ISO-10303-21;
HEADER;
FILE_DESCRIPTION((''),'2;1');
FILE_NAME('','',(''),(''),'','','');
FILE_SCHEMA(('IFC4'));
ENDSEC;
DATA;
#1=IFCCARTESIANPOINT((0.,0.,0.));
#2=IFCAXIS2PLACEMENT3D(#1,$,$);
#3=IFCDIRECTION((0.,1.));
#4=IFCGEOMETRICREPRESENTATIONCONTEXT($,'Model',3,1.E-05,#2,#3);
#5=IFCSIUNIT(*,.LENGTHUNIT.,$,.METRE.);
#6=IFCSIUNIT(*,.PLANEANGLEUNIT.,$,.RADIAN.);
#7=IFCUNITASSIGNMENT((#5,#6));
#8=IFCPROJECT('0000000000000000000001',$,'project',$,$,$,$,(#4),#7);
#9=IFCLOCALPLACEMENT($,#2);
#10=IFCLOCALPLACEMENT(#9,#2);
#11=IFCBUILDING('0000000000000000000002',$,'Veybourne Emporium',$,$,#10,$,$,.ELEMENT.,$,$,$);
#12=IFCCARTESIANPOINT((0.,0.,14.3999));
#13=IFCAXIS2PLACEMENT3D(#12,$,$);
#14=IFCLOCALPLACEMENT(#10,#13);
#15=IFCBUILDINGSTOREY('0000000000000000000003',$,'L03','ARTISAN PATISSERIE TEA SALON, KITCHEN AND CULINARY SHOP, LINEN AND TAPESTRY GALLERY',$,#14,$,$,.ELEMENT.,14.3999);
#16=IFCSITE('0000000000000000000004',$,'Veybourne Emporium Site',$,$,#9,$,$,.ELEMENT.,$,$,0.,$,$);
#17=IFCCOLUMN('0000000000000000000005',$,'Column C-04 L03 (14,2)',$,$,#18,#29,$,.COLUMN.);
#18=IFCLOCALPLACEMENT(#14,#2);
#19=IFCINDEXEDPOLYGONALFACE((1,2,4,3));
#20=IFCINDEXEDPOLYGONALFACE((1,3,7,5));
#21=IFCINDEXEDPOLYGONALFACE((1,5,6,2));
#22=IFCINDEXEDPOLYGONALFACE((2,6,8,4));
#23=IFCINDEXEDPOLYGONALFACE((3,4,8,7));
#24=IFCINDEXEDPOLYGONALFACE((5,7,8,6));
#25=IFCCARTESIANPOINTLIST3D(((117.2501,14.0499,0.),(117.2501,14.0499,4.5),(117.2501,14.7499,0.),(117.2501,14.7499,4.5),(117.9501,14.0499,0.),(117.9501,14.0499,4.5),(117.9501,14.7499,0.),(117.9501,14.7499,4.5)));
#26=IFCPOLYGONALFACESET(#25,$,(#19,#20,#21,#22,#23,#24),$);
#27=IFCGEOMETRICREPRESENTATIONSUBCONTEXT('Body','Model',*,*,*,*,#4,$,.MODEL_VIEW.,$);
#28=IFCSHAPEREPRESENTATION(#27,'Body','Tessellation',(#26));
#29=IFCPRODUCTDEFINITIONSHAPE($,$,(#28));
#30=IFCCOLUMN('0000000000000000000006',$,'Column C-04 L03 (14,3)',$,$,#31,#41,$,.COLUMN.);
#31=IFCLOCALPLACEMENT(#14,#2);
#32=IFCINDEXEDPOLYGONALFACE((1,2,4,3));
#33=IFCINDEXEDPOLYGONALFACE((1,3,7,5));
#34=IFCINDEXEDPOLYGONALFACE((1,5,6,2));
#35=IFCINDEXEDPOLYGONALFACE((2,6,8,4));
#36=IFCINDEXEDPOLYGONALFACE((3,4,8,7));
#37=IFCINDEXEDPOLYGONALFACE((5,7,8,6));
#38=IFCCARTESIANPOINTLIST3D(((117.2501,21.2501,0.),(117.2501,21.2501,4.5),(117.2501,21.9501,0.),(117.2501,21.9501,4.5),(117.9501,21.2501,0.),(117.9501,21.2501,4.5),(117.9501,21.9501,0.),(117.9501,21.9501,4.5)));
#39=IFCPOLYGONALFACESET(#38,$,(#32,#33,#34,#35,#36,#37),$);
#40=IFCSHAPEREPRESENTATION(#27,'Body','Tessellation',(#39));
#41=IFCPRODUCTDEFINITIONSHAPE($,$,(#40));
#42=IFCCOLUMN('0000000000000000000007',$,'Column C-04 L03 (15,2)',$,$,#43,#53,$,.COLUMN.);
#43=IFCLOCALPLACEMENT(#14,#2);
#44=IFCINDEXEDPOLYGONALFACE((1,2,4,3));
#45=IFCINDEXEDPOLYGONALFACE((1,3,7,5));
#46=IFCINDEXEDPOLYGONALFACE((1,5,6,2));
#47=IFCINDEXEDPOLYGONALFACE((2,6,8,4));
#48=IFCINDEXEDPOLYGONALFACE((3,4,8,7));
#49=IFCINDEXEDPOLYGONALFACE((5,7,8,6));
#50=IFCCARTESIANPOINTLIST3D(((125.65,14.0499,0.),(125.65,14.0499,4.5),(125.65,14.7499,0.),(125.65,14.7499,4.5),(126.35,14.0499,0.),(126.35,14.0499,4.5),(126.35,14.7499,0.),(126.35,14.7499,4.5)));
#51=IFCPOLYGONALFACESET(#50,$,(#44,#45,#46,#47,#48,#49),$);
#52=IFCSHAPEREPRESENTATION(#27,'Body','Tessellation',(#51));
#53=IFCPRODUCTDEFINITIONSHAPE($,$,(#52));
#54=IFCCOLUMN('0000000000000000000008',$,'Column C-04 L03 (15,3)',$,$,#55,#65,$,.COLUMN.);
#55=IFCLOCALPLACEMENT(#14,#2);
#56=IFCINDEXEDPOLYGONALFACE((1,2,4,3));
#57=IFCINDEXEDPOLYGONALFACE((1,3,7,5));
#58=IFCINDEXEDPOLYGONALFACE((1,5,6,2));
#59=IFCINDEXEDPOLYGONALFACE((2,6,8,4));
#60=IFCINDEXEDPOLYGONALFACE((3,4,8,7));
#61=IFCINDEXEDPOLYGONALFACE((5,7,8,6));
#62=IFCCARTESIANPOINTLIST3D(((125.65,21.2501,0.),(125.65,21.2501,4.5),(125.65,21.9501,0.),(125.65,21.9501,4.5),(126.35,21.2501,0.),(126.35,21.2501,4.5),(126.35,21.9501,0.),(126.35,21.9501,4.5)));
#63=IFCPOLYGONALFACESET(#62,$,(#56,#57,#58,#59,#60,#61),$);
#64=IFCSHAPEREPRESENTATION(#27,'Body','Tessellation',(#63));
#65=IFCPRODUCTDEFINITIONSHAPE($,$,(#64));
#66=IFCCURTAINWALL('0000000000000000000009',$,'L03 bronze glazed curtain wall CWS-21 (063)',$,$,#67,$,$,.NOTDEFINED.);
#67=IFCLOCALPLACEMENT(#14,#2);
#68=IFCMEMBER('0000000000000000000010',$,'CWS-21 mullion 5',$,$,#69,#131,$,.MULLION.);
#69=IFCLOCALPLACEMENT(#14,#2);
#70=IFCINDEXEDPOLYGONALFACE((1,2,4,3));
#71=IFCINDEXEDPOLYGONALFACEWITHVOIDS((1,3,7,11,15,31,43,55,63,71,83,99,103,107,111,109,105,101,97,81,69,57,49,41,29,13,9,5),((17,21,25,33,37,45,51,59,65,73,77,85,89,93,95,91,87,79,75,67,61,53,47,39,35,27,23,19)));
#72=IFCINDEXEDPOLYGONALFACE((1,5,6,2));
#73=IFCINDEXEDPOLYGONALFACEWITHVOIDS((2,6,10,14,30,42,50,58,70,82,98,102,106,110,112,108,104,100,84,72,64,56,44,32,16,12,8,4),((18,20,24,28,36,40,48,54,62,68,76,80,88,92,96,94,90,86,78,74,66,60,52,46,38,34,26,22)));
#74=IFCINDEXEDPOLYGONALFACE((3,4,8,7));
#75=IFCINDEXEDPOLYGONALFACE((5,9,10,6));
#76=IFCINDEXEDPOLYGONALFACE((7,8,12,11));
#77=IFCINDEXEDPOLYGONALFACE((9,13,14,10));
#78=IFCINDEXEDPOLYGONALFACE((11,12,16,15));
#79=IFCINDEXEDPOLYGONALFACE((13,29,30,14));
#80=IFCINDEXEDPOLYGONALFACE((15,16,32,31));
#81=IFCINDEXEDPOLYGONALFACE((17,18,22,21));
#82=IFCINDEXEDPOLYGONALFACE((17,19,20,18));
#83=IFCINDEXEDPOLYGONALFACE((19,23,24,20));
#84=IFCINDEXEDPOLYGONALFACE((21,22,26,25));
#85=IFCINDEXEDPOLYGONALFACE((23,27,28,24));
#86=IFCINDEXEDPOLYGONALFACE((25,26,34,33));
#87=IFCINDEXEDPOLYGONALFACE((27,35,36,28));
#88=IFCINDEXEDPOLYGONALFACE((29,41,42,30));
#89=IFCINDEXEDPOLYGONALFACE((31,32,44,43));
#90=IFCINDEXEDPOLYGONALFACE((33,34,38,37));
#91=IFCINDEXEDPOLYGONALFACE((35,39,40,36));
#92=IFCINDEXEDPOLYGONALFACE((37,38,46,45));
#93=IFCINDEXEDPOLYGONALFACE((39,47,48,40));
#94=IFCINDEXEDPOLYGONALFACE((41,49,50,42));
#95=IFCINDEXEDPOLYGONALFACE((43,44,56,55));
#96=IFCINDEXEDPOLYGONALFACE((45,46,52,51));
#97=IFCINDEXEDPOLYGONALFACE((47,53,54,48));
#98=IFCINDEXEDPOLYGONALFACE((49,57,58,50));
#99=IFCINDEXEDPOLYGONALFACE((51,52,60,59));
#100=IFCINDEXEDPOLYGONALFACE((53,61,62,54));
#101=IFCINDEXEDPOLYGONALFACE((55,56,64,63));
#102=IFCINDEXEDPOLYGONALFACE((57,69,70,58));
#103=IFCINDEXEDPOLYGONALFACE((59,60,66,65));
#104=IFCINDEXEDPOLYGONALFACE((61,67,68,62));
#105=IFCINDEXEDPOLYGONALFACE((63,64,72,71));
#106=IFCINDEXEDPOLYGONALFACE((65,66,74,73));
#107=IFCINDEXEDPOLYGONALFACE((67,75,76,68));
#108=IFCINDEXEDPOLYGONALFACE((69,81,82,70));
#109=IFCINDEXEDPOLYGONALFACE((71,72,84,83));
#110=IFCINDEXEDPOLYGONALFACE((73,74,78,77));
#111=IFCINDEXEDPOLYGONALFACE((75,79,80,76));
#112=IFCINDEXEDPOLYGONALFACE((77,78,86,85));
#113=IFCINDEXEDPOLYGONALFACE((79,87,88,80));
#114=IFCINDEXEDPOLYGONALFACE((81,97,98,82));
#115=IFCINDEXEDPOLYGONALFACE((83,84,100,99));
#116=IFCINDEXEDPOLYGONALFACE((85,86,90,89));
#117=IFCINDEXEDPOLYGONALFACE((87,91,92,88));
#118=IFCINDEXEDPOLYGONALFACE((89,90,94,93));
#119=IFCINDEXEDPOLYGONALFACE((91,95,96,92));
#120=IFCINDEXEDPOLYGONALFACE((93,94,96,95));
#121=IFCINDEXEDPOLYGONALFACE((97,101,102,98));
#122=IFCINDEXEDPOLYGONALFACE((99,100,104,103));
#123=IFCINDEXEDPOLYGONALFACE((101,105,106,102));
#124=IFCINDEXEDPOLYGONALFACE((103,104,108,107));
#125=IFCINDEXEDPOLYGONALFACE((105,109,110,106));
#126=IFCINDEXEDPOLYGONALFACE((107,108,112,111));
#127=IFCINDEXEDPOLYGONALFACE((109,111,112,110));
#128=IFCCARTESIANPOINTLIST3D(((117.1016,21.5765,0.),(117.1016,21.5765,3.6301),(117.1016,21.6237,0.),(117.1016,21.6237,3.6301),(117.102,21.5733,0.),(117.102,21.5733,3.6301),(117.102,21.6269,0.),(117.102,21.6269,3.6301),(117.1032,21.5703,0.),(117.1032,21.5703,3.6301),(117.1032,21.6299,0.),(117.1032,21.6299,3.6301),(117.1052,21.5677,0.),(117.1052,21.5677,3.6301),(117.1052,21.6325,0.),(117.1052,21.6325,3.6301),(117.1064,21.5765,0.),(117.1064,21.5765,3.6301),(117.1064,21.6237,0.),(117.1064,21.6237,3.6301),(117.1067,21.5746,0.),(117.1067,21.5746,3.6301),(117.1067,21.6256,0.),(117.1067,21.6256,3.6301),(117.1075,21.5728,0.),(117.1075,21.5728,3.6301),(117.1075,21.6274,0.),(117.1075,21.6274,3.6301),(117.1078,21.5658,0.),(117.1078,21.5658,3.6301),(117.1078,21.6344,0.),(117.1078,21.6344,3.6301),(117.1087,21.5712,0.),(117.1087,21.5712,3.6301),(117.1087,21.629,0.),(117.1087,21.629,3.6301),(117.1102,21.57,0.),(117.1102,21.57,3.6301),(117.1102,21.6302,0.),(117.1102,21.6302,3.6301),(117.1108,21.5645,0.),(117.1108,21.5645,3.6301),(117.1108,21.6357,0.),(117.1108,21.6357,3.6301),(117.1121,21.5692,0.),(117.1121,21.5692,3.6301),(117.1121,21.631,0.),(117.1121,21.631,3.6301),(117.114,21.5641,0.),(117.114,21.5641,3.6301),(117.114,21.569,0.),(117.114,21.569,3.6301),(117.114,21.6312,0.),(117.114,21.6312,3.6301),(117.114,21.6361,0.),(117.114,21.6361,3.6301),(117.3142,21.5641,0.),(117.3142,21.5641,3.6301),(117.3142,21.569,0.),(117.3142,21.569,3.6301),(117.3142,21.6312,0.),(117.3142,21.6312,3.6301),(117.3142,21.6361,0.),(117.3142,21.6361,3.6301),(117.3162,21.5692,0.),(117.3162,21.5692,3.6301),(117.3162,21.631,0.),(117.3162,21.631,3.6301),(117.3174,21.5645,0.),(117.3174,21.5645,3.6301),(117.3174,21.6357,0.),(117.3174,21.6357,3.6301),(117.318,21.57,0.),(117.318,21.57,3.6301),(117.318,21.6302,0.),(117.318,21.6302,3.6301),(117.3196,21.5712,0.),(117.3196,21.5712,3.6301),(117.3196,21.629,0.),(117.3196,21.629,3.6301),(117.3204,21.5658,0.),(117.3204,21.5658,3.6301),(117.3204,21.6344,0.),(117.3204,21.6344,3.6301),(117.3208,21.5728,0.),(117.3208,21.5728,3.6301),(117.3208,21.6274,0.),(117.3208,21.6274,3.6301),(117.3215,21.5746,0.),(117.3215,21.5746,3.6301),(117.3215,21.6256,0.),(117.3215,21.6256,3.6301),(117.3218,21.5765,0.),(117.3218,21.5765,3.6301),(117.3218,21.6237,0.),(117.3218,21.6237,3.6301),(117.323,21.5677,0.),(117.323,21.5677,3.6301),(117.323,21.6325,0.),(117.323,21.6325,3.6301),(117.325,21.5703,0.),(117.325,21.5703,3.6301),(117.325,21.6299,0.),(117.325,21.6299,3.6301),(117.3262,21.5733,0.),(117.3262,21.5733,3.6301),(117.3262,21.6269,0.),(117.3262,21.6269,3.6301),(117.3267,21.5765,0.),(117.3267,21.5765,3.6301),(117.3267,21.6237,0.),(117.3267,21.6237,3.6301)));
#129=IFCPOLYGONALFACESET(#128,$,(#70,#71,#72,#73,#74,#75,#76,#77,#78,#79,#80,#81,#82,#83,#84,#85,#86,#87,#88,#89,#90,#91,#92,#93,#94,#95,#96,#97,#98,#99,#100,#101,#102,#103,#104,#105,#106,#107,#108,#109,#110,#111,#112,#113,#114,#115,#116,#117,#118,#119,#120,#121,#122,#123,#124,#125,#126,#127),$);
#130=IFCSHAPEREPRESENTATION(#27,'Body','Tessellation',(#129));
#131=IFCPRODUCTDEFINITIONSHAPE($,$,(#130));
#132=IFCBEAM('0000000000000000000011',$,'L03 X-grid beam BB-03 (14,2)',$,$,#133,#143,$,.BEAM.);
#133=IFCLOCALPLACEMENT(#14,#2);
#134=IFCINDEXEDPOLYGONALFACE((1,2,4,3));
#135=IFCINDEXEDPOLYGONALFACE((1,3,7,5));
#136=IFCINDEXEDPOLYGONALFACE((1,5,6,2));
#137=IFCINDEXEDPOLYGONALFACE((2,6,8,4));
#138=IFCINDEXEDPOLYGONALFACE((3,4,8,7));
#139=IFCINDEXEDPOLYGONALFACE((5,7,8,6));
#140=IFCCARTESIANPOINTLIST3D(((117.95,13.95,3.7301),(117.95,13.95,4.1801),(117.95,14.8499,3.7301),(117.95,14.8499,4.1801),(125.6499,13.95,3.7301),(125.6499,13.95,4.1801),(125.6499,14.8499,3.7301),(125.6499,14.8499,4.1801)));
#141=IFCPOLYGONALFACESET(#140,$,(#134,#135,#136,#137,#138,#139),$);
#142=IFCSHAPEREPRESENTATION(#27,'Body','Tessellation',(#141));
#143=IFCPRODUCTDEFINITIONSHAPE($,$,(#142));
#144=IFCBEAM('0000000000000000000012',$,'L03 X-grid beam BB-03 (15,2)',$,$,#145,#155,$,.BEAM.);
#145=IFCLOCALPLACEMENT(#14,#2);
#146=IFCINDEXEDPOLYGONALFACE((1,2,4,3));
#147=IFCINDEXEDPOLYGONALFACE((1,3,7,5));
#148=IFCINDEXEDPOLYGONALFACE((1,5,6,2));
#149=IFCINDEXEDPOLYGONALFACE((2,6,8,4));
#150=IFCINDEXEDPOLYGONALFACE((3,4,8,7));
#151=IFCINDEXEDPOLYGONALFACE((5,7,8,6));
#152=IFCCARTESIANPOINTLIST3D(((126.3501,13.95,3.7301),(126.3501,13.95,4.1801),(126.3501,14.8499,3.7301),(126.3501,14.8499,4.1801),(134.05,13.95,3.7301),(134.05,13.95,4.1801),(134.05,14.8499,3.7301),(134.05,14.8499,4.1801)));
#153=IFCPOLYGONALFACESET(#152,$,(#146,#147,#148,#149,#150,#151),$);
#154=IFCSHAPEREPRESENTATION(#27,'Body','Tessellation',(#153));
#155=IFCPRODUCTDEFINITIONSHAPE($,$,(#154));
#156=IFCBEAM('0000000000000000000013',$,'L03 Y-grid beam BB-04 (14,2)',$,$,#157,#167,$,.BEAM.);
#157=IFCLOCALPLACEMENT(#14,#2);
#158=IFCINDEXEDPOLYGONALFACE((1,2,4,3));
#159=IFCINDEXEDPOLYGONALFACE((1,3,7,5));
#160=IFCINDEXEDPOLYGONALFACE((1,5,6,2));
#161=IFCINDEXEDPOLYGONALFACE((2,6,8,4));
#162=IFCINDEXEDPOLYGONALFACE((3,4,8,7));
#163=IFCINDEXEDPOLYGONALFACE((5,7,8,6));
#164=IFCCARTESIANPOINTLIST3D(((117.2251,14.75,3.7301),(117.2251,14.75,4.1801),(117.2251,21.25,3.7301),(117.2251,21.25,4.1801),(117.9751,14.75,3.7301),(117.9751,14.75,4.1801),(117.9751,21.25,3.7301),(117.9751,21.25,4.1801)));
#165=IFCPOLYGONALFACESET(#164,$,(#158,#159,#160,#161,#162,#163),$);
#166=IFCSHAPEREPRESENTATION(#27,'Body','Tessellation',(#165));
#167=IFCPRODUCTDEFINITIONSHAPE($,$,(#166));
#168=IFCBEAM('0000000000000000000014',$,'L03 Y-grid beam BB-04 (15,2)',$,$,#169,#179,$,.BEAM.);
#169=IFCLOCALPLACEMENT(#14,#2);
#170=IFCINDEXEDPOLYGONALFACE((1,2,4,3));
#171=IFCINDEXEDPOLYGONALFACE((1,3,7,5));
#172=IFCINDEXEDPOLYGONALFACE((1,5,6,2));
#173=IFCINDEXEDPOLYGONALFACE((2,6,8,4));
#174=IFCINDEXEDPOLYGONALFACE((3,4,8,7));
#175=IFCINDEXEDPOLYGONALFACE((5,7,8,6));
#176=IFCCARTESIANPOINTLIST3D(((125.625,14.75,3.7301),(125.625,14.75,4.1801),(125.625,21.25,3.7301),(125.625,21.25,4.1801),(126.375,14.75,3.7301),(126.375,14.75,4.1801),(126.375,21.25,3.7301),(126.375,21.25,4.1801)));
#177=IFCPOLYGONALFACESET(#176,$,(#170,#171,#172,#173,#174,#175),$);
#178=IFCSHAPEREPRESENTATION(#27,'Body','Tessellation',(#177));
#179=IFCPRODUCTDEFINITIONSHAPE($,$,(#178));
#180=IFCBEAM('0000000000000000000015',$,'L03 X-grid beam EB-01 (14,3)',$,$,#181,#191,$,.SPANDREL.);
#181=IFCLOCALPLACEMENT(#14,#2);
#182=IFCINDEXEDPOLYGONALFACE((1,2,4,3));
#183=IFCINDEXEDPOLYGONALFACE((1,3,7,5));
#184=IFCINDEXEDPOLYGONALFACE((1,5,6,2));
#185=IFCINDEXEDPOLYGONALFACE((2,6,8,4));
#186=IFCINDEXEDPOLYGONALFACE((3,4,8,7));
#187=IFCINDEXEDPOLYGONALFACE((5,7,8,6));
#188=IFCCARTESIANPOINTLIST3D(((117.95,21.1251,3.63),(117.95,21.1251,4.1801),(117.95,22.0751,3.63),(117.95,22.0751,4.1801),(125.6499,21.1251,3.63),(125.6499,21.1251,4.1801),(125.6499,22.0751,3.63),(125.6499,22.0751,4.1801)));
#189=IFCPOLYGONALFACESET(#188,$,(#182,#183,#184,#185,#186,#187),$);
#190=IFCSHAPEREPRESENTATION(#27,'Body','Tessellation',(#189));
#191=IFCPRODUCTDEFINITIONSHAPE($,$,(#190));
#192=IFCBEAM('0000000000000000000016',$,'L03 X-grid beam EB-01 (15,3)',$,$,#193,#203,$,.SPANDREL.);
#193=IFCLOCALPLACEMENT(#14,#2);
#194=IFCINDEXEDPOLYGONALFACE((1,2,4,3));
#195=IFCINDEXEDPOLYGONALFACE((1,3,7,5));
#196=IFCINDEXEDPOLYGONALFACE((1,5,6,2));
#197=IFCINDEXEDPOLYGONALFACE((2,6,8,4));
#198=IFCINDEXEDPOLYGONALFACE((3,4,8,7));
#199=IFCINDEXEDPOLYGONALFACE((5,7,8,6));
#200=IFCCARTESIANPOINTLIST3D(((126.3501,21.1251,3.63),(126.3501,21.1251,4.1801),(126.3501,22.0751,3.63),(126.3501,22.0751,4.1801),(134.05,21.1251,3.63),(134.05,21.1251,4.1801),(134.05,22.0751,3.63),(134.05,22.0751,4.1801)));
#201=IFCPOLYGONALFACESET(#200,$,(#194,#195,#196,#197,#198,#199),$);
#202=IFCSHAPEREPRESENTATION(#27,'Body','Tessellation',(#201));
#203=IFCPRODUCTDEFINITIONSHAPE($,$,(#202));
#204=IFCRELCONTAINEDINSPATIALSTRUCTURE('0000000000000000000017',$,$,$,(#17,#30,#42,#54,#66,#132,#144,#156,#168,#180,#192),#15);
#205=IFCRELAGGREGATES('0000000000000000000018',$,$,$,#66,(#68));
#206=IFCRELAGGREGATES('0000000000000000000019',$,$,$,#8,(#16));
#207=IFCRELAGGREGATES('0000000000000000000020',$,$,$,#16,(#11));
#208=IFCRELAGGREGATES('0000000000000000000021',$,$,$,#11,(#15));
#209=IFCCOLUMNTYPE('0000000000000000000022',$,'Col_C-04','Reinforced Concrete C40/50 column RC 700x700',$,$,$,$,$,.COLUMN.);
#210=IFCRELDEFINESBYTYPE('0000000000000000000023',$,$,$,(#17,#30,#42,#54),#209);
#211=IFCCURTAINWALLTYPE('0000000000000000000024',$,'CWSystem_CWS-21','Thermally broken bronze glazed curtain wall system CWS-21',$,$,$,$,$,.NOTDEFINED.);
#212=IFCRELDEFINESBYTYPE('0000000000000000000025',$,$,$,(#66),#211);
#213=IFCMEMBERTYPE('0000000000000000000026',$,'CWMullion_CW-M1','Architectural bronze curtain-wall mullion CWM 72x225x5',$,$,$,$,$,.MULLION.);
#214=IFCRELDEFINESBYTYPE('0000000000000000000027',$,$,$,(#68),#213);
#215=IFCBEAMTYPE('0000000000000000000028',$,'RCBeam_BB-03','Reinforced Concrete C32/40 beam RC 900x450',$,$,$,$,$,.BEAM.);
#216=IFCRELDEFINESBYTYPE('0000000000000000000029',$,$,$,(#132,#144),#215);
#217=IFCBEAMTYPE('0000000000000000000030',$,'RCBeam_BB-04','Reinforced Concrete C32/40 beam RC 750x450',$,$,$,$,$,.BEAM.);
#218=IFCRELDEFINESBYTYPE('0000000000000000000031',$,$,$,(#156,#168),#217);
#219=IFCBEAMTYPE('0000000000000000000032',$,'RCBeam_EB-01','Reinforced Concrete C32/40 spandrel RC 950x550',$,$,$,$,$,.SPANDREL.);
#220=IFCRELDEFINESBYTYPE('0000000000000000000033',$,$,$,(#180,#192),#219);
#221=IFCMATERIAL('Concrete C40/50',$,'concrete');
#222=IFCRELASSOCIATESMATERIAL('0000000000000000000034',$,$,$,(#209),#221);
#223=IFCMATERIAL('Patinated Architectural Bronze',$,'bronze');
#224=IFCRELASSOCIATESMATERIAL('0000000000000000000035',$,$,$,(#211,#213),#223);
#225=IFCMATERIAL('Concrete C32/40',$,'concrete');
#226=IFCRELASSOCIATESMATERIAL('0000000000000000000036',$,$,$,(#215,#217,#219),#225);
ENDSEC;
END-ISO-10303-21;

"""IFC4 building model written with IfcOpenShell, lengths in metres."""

from ifc_helpers import new_model, si_unit, direction, frame, origin, origin_2d, place, context, subcontext, project, spatial, rectangle, hollow_rectangle, extrude, material, material_profile, profile_set, type_object, element, aggregate, save


model = new_model("IFC4")

# Units and contexts
model_context = context("Model", 3, precision=1e-05, world=origin(), true_north=direction((0.0, 1.0)))
body_context = subcontext(model_context, "Body", "Model", "MODEL_VIEW")
ifc_project = project(units=[si_unit("LENGTHUNIT", "METRE"), si_unit("PLANEANGLEUNIT", "RADIAN")], contexts=[model_context])

# Site, building, storey
site_placement = place(None, origin())
site = spatial("IfcSite", under=ifc_project, at=site_placement, Name="Veybourne Emporium Site", CompositionType="ELEMENT", RefElevation=0.0)
building_placement = place(site_placement, origin())
building = spatial("IfcBuilding", under=site, at=building_placement, Name="Veybourne Emporium", CompositionType="ELEMENT")
storey_placement = place(building_placement, frame((0.0, 0.0, 14.3999)))
storey = spatial("IfcBuildingStorey", under=building, at=storey_placement, Name="L03", Description="ARTISAN PATISSERIE TEA SALON, KITCHEN AND CULINARY SHOP, LINEN AND TAPESTRY GALLERY", CompositionType="ELEMENT", Elevation=14.3999)

# Columns
ifc_material_1 = material(Name="Concrete C40/50", Category="concrete")
ifc_material_profile_1 = material_profile(ifc_material_1, rectangle(XDim=0.7, YDim=0.7, at=origin_2d()), Name="RC 700x700")
ifc_profile_set_1 = profile_set([ifc_material_profile_1], Name="Concrete C40/50")
column_type = type_object("IfcColumnType", Name="Col_C-04", Description="Reinforced Concrete C40/50 column RC 700x700", PredefinedType="COLUMN", material=ifc_profile_set_1)
for number, where, z_axis, x_axis, name in (
    (1, (117.6001, 14.3999, 0.0), (0.0, 0.0, 1.0), (1.0, 0.0, 0.0), "Column C-04 L03 (14,2)"),
    (2, (117.6001, 21.6001, 0.0), (0.0, 0.0, 1.0), (1.0, 0.0, 0.0), "Column C-04 L03 (14,3)"),
    (3, (126.0, 14.3999, 0.0), (0.0, 0.0, 1.0), (1.0, 0.0, 0.0), "Column C-04 L03 (15,2)"),
    (4, (126.0, 21.6001, 0.0), (0.0, 0.0, 1.0), (1.0, 0.0, 0.0), "Column C-04 L03 (15,3)"),
):
    element("IfcColumn", number, at=place(storey_placement, frame(where, z_axis=z_axis, x_axis=x_axis)), inside=storey, type_object=column_type, Name=name, PredefinedType="COLUMN", context=body_context, shape_type="SweptSolid", body=[
        extrude(rectangle(XDim=0.7, YDim=0.7, at=origin_2d()), origin(), (0.0, 0.0, 1.0), 4.5),
    ])

# Curtain wall, member
ifc_material_2 = material(Name="Patinated Architectural Bronze", Category="bronze")
curtain_wall_type = type_object("IfcCurtainWallType", Name="CWSystem_CWS-21", Description="Thermally broken bronze glazed curtain wall system CWS-21", PredefinedType="NOTDEFINED", material=ifc_material_2)
curtain_wall_placement = place(storey_placement, origin())
curtain_wall = element("IfcCurtainWall", 5, at=curtain_wall_placement, inside=storey, type_object=curtain_wall_type, Name="L03 bronze glazed curtain wall CWS-21 (063)", PredefinedType="NOTDEFINED")
ifc_material_profile_2 = material_profile(ifc_material_2, hollow_rectangle(XDim=0.072, YDim=0.2251, WallThickness=0.0049, InnerFilletRadius=0.0076, OuterFilletRadius=0.0125, at=origin_2d()), Name="CWM 72x225x5")
ifc_profile_set_2 = profile_set([ifc_material_profile_2], Name="Patinated Architectural Bronze")
member_type = type_object("IfcMemberType", Name="CWMullion_CW-M1", Description="Architectural bronze curtain-wall mullion CWM 72x225x5", PredefinedType="MULLION", material=ifc_profile_set_2)
member_placement = place(storey_placement, frame((117.2141, 21.6001, 0.0), z_axis=(0.0, 0.0, 1.0), x_axis=(0.0, 1.0, 0.0)))
member = element("IfcMember", 6, at=member_placement, type_object=member_type, Name="CWS-21 mullion 5", PredefinedType="MULLION", context=body_context, shape_type="SweptSolid", body=[
    extrude(hollow_rectangle(XDim=0.072, YDim=0.2251, WallThickness=0.0049, InnerFilletRadius=0.0076, OuterFilletRadius=0.0125, at=origin_2d()), origin(), (0.0, 0.0, 1.0), 3.6301),
])

# Beams
ifc_material_3 = material(Name="Concrete C32/40", Category="concrete")
ifc_material_profile_3 = material_profile(ifc_material_3, rectangle(XDim=0.8999, YDim=0.45, at=origin_2d()), Name="RC 900x450")
ifc_profile_set_3 = profile_set([ifc_material_profile_3], Name="Concrete C32/40")
beam_type_1 = type_object("IfcBeamType", Name="RCBeam_BB-03", Description="Reinforced Concrete C32/40 beam RC 900x450", PredefinedType="BEAM", material=ifc_profile_set_3)
for number, where, z_axis, x_axis, name in (
    (7, (117.95, 14.3999, 3.9551), (1.0, 0.0, 0.0), (0.0, 1.0, 0.0), "L03 X-grid beam BB-03 (14,2)"),
    (8, (126.3501, 14.3999, 3.9551), (1.0, 0.0, 0.0), (0.0, 1.0, 0.0), "L03 X-grid beam BB-03 (15,2)"),
):
    element("IfcBeam", number, at=place(storey_placement, frame(where, z_axis=z_axis, x_axis=x_axis)), inside=storey, type_object=beam_type_1, Name=name, PredefinedType="BEAM", context=body_context, shape_type="SweptSolid", body=[
        extrude(rectangle(XDim=0.8999, YDim=0.45, at=origin_2d()), origin(), (0.0, 0.0, 1.0), 7.7),
    ])
ifc_material_profile_4 = material_profile(ifc_material_3, rectangle(XDim=0.75, YDim=0.45, at=origin_2d()), Name="RC 750x450")
ifc_profile_set_4 = profile_set([ifc_material_profile_4], Name="Concrete C32/40")
beam_type_2 = type_object("IfcBeamType", Name="RCBeam_BB-04", Description="Reinforced Concrete C32/40 beam RC 750x450", PredefinedType="BEAM", material=ifc_profile_set_4)
for number, where, z_axis, x_axis, name in (
    (9, (117.6001, 14.75, 3.9551), (0.0, 1.0, 0.0), (-1.0, 0.0, 0.0), "L03 Y-grid beam BB-04 (14,2)"),
    (10, (126.0, 14.75, 3.9551), (0.0, 1.0, 0.0), (-1.0, 0.0, 0.0), "L03 Y-grid beam BB-04 (15,2)"),
):
    element("IfcBeam", number, at=place(storey_placement, frame(where, z_axis=z_axis, x_axis=x_axis)), inside=storey, type_object=beam_type_2, Name=name, PredefinedType="BEAM", context=body_context, shape_type="SweptSolid", body=[
        extrude(rectangle(XDim=0.75, YDim=0.45, at=origin_2d()), origin(), (0.0, 0.0, 1.0), 6.5),
    ])
ifc_material_profile_5 = material_profile(ifc_material_3, rectangle(XDim=0.95, YDim=0.55, at=origin_2d()), Name="RC 950x550")
ifc_profile_set_5 = profile_set([ifc_material_profile_5], Name="Concrete C32/40")
beam_type_3 = type_object("IfcBeamType", Name="RCBeam_EB-01", Description="Reinforced Concrete C32/40 spandrel RC 950x550", PredefinedType="SPANDREL", material=ifc_profile_set_5)
for number, where, z_axis, x_axis, name in (
    (11, (117.95, 21.6001, 3.905), (1.0, 0.0, 0.0), (0.0, 1.0, 0.0), "L03 X-grid beam EB-01 (14,3)"),
    (12, (126.3501, 21.6001, 3.905), (1.0, 0.0, 0.0), (0.0, 1.0, 0.0), "L03 X-grid beam EB-01 (15,3)"),
):
    element("IfcBeam", number, at=place(storey_placement, frame(where, z_axis=z_axis, x_axis=x_axis)), inside=storey, type_object=beam_type_3, Name=name, PredefinedType="SPANDREL", context=body_context, shape_type="SweptSolid", body=[
        extrude(rectangle(XDim=0.95, YDim=0.55, at=origin_2d()), origin(), (0.0, 0.0, 1.0), 7.7),
    ])

aggregate(curtain_wall, [member])

save(model, "model.ifc")
